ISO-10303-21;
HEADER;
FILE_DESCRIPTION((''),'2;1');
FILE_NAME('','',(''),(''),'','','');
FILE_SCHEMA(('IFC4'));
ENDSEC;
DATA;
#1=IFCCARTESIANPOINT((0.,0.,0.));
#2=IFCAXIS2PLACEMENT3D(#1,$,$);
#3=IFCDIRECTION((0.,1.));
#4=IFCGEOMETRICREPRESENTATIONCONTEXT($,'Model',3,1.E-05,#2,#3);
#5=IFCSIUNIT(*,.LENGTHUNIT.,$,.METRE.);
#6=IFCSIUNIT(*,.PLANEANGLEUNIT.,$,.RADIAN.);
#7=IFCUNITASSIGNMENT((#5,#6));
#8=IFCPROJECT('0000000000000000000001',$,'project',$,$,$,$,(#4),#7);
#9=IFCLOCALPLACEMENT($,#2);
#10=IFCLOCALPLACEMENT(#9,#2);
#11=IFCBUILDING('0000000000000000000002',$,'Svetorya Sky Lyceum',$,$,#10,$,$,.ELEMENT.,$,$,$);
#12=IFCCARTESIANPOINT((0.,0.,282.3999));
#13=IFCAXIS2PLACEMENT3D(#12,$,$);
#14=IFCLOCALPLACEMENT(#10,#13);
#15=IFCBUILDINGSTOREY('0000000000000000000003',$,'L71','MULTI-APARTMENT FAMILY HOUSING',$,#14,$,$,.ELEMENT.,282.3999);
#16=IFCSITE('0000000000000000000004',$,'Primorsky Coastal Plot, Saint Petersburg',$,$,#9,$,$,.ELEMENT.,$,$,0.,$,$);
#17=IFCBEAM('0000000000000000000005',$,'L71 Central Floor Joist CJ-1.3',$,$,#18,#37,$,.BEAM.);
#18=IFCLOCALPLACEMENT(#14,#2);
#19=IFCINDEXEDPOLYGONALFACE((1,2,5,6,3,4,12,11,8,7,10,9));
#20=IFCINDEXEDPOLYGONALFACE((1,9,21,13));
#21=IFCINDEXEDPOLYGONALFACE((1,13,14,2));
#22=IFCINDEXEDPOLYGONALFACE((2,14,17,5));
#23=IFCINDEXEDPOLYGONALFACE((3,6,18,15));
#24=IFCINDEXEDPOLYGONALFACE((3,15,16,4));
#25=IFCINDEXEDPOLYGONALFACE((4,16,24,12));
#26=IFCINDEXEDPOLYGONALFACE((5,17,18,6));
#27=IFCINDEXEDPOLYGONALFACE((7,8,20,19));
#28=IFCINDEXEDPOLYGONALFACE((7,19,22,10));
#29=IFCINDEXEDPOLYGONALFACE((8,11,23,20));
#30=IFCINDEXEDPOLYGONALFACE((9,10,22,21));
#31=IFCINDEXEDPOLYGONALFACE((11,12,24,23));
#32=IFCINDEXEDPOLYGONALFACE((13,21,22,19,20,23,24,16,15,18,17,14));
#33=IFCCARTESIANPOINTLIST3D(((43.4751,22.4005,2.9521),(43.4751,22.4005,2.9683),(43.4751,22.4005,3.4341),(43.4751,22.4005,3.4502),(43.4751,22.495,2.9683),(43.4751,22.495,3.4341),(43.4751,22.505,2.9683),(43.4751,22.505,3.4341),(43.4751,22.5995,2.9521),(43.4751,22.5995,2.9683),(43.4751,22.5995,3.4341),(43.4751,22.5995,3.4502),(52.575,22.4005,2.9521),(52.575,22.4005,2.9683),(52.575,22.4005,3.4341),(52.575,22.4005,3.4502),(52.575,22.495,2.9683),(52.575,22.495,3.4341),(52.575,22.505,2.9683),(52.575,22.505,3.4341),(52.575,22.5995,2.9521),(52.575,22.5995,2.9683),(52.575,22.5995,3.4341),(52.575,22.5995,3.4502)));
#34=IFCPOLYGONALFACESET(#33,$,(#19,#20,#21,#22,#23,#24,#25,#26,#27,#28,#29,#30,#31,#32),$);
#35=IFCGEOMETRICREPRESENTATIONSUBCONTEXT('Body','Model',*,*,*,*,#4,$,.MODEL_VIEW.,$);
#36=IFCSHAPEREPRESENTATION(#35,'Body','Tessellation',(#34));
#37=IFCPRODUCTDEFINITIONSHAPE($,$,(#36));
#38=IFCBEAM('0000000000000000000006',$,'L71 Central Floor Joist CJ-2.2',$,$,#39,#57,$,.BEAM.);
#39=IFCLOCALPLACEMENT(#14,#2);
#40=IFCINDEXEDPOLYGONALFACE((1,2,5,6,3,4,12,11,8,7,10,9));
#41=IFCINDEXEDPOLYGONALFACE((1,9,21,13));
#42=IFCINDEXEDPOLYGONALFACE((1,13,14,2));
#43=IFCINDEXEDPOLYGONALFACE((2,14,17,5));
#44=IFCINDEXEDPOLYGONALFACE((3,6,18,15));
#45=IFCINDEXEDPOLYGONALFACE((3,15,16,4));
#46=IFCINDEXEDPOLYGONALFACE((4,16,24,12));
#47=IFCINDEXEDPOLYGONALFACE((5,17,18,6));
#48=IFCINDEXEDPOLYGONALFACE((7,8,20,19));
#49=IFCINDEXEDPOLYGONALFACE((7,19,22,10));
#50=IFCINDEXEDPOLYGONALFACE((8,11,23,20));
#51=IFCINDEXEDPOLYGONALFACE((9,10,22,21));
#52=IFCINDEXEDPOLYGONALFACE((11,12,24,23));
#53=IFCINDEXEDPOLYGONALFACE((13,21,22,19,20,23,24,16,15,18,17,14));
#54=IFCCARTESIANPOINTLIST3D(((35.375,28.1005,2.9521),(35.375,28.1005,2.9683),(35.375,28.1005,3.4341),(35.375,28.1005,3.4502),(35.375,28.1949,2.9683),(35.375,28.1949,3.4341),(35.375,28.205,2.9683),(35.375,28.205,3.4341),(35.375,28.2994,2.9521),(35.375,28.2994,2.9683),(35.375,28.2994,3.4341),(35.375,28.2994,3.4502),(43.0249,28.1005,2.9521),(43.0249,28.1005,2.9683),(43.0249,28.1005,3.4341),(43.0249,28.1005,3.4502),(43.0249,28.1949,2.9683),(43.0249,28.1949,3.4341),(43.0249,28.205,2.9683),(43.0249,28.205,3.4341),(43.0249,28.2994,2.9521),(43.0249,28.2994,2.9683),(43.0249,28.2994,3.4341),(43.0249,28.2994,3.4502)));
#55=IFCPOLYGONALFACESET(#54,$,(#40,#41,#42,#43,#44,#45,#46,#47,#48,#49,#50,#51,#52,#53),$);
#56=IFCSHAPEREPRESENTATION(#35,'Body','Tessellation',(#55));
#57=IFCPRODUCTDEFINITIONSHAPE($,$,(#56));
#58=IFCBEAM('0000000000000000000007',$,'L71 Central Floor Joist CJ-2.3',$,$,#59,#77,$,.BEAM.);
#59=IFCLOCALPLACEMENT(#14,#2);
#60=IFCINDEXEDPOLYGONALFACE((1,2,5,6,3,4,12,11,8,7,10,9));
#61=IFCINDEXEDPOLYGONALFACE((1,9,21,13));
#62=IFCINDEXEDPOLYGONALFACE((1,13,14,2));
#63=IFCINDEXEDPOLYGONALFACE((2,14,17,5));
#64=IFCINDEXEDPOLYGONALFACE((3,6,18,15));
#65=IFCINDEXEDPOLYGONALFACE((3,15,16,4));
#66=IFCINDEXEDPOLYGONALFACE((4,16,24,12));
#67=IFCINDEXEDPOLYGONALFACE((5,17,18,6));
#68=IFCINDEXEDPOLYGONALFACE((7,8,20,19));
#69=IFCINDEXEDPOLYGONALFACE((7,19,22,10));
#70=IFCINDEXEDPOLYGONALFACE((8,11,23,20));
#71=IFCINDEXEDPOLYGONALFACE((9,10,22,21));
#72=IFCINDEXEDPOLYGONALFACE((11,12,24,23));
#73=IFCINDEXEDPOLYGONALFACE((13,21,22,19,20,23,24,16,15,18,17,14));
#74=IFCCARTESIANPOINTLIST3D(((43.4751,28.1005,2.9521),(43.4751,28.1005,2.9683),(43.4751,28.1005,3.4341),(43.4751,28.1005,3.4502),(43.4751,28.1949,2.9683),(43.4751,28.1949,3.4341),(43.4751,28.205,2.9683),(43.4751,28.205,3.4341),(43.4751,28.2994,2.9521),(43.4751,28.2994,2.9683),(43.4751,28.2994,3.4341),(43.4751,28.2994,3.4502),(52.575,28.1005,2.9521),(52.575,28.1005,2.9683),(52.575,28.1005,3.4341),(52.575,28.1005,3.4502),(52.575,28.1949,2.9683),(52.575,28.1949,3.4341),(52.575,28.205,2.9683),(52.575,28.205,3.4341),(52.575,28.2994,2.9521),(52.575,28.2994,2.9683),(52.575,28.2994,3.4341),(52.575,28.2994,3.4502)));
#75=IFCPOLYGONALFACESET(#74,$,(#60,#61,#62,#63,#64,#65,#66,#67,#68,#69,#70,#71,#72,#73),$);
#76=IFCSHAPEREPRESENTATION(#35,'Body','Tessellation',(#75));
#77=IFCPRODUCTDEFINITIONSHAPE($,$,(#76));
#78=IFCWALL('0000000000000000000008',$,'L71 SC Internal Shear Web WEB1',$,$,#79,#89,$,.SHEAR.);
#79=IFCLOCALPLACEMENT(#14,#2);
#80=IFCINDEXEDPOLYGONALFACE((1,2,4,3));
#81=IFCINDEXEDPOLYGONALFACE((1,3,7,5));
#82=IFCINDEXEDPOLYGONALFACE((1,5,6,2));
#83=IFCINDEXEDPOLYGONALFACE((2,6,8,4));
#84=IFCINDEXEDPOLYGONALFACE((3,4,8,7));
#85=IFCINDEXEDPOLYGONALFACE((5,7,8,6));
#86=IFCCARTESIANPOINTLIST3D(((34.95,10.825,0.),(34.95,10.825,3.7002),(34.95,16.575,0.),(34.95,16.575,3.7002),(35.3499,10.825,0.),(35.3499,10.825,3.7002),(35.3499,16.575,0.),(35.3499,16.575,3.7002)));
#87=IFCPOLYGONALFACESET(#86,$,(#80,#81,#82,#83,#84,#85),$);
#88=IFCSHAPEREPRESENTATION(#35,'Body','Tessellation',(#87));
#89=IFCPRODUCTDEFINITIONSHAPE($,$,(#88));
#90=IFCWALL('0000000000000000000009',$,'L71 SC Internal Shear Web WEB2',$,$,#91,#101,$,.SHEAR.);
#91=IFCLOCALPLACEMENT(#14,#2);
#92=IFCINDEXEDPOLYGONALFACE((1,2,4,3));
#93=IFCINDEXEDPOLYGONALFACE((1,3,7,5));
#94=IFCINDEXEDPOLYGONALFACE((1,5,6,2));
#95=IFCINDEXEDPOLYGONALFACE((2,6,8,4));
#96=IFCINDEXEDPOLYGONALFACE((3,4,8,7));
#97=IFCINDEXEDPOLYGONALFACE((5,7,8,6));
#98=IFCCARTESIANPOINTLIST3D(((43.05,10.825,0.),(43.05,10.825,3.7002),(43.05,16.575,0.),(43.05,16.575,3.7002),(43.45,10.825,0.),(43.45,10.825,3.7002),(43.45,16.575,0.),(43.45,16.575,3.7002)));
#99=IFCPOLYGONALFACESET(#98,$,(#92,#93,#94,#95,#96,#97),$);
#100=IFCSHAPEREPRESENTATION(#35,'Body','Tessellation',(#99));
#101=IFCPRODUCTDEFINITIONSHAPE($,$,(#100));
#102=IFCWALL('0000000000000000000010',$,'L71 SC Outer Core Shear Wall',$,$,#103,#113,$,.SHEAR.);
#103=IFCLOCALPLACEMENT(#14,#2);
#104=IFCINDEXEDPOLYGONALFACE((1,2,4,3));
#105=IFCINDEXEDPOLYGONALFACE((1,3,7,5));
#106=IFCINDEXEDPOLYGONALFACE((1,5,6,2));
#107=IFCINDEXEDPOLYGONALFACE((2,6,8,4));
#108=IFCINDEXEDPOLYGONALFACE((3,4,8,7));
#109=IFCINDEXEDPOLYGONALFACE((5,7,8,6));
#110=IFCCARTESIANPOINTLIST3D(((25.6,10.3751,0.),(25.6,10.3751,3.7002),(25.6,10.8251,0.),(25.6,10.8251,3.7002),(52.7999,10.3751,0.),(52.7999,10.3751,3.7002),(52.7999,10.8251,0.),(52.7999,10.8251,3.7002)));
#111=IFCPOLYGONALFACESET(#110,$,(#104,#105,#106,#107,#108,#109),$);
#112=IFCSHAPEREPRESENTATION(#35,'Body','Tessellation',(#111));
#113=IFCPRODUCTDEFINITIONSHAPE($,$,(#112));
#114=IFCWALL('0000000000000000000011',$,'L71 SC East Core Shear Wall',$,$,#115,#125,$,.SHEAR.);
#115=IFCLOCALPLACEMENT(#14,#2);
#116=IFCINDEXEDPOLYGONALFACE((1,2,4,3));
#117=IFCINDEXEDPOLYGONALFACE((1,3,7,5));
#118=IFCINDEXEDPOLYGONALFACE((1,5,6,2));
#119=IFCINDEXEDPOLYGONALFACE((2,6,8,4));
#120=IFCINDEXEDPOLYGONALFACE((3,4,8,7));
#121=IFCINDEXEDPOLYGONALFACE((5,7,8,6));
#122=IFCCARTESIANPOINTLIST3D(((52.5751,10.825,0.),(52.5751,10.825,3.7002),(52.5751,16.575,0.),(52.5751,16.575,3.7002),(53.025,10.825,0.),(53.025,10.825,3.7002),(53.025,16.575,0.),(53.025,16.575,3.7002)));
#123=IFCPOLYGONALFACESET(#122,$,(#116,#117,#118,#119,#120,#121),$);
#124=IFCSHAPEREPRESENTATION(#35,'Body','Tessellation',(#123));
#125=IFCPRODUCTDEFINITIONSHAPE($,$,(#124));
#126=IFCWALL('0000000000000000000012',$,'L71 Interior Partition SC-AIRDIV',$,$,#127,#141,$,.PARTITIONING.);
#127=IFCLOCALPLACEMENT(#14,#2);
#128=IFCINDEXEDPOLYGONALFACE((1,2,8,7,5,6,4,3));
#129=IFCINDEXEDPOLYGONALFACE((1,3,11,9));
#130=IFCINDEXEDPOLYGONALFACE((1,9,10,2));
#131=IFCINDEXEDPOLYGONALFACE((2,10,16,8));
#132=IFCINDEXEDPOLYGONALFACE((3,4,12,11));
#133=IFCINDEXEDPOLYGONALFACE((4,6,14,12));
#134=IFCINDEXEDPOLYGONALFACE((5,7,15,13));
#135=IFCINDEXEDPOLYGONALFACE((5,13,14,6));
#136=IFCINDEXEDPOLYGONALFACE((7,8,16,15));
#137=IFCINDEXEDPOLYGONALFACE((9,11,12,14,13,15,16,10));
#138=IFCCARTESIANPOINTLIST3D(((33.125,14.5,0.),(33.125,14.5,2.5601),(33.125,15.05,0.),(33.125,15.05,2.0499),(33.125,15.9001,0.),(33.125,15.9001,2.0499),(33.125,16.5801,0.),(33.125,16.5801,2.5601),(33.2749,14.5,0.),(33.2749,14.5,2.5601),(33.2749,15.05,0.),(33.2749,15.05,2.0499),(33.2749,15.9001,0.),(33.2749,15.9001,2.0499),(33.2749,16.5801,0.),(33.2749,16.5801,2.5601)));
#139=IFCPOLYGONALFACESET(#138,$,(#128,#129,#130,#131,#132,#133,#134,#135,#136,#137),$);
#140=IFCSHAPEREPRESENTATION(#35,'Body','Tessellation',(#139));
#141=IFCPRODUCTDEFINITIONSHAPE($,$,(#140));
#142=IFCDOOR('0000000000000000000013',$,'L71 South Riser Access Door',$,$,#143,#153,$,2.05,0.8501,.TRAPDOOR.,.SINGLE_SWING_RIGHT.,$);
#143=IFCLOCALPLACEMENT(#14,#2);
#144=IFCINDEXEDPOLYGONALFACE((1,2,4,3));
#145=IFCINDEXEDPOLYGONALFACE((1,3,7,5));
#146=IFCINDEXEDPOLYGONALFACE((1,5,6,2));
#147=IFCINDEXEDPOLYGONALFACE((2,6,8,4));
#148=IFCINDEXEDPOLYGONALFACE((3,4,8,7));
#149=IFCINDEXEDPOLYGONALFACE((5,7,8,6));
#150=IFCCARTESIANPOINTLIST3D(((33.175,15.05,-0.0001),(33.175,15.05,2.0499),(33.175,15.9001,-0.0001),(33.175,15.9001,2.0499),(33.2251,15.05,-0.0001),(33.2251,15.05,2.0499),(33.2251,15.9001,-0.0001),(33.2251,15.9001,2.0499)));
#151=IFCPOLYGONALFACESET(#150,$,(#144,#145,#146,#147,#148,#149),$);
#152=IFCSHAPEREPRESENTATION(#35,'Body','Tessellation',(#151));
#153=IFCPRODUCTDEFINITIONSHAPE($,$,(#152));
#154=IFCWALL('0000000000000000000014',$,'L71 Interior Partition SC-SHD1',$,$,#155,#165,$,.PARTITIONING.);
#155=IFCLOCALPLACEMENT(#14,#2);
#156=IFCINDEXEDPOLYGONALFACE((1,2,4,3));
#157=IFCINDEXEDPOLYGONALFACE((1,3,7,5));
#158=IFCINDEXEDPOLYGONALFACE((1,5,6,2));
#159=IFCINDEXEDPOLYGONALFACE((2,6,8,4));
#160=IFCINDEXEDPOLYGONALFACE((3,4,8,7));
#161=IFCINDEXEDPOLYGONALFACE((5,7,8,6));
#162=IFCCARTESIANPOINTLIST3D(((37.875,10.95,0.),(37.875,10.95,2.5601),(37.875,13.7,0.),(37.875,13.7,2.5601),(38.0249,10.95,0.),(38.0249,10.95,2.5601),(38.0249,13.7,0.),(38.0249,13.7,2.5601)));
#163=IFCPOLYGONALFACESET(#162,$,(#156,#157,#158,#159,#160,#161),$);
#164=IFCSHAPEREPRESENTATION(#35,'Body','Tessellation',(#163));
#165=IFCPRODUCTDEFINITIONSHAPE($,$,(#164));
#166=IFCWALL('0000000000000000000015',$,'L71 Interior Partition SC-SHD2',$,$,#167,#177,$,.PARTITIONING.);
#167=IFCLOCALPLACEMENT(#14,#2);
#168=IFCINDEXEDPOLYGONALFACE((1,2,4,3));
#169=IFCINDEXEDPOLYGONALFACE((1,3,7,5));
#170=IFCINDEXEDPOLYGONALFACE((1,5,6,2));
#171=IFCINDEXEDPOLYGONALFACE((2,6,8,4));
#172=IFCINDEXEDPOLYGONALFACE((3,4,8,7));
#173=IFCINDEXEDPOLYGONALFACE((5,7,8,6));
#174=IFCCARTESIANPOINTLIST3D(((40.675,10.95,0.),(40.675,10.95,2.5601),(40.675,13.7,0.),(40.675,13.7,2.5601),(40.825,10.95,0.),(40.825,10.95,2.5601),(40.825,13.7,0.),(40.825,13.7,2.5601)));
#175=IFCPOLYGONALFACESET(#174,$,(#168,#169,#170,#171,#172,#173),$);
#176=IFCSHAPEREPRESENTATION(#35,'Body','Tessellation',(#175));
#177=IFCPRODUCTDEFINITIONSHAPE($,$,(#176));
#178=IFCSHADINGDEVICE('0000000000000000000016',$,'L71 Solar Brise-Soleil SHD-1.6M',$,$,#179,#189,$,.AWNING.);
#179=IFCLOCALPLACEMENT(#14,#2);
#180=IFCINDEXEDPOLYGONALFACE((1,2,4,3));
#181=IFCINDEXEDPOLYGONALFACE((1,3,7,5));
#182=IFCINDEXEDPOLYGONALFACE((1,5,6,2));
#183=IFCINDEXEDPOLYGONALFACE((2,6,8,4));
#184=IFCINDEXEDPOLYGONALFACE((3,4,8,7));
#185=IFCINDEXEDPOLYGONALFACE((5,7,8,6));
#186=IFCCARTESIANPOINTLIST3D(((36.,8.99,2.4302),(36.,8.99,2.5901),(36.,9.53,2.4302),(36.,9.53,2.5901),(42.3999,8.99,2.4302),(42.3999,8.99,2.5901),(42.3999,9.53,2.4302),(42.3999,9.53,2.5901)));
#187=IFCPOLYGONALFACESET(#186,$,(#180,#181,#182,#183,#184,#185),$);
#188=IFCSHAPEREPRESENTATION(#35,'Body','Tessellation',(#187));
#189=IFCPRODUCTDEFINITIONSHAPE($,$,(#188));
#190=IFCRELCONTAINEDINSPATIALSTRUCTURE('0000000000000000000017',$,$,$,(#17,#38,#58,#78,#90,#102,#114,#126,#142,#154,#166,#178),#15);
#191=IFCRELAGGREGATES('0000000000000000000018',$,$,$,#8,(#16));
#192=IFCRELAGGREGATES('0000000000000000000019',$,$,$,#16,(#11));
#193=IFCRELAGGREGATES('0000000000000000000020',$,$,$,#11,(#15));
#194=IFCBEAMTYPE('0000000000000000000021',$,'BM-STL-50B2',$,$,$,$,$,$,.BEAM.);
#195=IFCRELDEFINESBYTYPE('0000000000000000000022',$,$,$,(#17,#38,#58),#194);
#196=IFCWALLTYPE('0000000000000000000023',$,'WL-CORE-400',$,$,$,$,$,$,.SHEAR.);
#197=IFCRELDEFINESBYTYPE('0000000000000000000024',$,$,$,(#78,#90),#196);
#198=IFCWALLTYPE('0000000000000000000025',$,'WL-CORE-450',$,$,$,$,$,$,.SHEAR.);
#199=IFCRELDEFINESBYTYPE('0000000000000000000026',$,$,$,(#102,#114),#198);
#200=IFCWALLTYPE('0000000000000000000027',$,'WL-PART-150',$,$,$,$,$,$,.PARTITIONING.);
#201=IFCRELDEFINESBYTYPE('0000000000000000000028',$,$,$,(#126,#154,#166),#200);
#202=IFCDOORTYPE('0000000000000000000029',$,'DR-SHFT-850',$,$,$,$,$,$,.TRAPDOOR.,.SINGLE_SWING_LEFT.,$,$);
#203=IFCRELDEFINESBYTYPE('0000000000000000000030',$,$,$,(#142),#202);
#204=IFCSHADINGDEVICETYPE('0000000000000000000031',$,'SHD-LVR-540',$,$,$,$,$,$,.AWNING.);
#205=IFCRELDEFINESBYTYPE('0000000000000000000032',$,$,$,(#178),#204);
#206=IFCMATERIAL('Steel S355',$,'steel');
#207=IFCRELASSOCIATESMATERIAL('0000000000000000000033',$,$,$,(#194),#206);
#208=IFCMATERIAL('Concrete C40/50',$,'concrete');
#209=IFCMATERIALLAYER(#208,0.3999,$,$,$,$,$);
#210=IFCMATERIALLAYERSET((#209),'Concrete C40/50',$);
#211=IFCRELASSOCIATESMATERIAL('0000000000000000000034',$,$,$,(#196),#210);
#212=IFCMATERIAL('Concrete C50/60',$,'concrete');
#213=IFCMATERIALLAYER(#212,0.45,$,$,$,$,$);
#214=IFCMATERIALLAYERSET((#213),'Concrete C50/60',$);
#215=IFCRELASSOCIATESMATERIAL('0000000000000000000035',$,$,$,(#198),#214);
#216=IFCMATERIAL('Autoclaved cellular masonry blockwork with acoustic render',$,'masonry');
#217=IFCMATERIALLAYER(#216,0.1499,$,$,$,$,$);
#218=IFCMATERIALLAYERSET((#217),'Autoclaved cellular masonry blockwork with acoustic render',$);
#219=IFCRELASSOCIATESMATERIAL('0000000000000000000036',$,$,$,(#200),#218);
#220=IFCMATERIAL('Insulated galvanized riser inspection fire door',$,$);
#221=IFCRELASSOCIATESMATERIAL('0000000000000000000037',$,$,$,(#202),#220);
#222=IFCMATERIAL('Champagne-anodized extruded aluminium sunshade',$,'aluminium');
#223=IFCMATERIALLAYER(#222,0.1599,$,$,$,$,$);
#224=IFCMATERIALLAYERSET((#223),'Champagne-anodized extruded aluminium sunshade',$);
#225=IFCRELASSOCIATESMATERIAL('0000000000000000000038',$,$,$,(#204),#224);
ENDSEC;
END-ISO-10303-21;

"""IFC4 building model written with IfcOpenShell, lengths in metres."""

from ifc_helpers import new_model, si_unit, direction, frame, frame_2d, origin, origin_2d, place, context, subcontext, project, spatial, rectangle, i_section, extrude, material, layer, layer_set, material_profile, profile_set, type_object, element, fill, save


model = new_model("IFC4")

# Units and contexts
model_context = context("Model", 3, precision=1e-05, world=origin(), true_north=direction((0.0, 1.0)))
body_context = subcontext(model_context, "Body", "Model", "MODEL_VIEW")
ifc_project = project(units=[si_unit("LENGTHUNIT", "METRE"), si_unit("PLANEANGLEUNIT", "RADIAN")], contexts=[model_context])

# Site, building, storey
site_placement = place(None, origin())
site = spatial("IfcSite", under=ifc_project, at=site_placement, Name="Primorsky Coastal Plot, Saint Petersburg", CompositionType="ELEMENT", RefElevation=0.0)
building_placement = place(site_placement, origin())
building = spatial("IfcBuilding", under=site, at=building_placement, Name="Svetorya Sky Lyceum", CompositionType="ELEMENT")
storey_placement = place(building_placement, frame((0.0, 0.0, 282.3999)))
storey = spatial("IfcBuildingStorey", under=building, at=storey_placement, Name="L71", Description="MULTI-APARTMENT FAMILY HOUSING", CompositionType="ELEMENT", Elevation=282.3999)

# Shared definitions
ifc_material_1 = material(Name="Concrete C40/50", Category="concrete")

# Beams
ifc_material_2 = material(Name="Concrete C50/60", Category="concrete")
ifc_material_3 = material(Name="Steel S355", Category="steel")
ifc_material_profile_1 = material_profile(ifc_material_3, i_section(OverallWidth=0.199, OverallDepth=0.498, WebThickness=0.01, FlangeThickness=0.0161, at=origin_2d()), Name="GOST 50B2")
ifc_profile_set_1 = profile_set([ifc_material_profile_1], Name="Steel S355")
beam_type_1 = type_object("IfcBeamType", Name="BM-STL-50B2", PredefinedType="BEAM", material=ifc_profile_set_1)
beam_1_placement = place(storey_placement, frame((43.4751, 22.5, 3.2012), z_axis=(1.0, 0.0, 0.0), x_axis=(0.0, 1.0, 0.0)))
element("IfcBeam", 1, at=beam_1_placement, inside=storey, type_object=beam_type_1, Name="L71 Central Floor Joist CJ-1.3", PredefinedType="BEAM", context=body_context, shape_type="SweptSolid", body=[
    extrude(i_section(OverallWidth=0.199, OverallDepth=0.498, WebThickness=0.01, FlangeThickness=0.0161, at=origin_2d()), origin(), (0.0, 0.0, 1.0), 9.0999),
])
beam_2_placement = place(storey_placement, frame((35.375, 28.2, 3.2012), z_axis=(1.0, 0.0, 0.0), x_axis=(0.0, 1.0, 0.0)))
element("IfcBeam", 2, at=beam_2_placement, inside=storey, type_object=beam_type_1, Name="L71 Central Floor Joist CJ-2.2", PredefinedType="BEAM", context=body_context, shape_type="SweptSolid", body=[
    extrude(i_section(OverallWidth=0.199, OverallDepth=0.498, WebThickness=0.01, FlangeThickness=0.0161, at=origin_2d()), origin(), (0.0, 0.0, 1.0), 7.6499),
])
beam_3_placement = place(storey_placement, frame((43.4751, 28.2, 3.2012), z_axis=(1.0, 0.0, 0.0), x_axis=(0.0, 1.0, 0.0)))
element("IfcBeam", 3, at=beam_3_placement, inside=storey, type_object=beam_type_1, Name="L71 Central Floor Joist CJ-2.3", PredefinedType="BEAM", context=body_context, shape_type="SweptSolid", body=[
    extrude(i_section(OverallWidth=0.199, OverallDepth=0.498, WebThickness=0.01, FlangeThickness=0.0161, at=origin_2d()), origin(), (0.0, 0.0, 1.0), 9.0999),
])

# Walls
ifc_layer_1 = layer(ifc_material_1, 0.3999)
ifc_layer_set_1 = layer_set([ifc_layer_1], Name="Concrete C40/50")
wall_type_1 = type_object("IfcWallType", Name="WL-CORE-400", PredefinedType="SHEAR", material=ifc_layer_set_1)
for number, where, z_axis, x_axis, name in (
    (4, (35.1499, 10.825, 0.0), (0.0, 0.0, 1.0), (0.0, 1.0, 0.0), "L71 SC Internal Shear Web WEB1"),
    (5, (43.25, 10.825, 0.0), (0.0, 0.0, 1.0), (0.0, 1.0, 0.0), "L71 SC Internal Shear Web WEB2"),
):
    element("IfcWall", number, at=place(storey_placement, frame(where, z_axis=z_axis, x_axis=x_axis)), inside=storey, type_object=wall_type_1, Name=name, PredefinedType="SHEAR", context=body_context, shape_type="SweptSolid", body=[
        extrude(rectangle(XDim=5.75, YDim=0.3999, at=frame_2d((2.875, 0.0))), origin(), (0.0, 0.0, 1.0), 3.7002),
    ])
ifc_layer_2 = layer(ifc_material_2, 0.45)
ifc_layer_set_2 = layer_set([ifc_layer_2], Name="Concrete C50/60")
wall_type_2 = type_object("IfcWallType", Name="WL-CORE-450", PredefinedType="SHEAR", material=ifc_layer_set_2)
wall_1_placement = place(storey_placement, frame((52.8, 10.6001, 0.0), z_axis=(0.0, 0.0, 1.0), x_axis=(-1.0, 0.0, 0.0)))
element("IfcWall", 6, at=wall_1_placement, inside=storey, type_object=wall_type_2, Name="L71 SC Outer Core Shear Wall", PredefinedType="SHEAR", context=body_context, shape_type="SweptSolid", body=[
    extrude(rectangle(XDim=27.2, YDim=0.45, at=frame_2d((13.6001, 0.0))), origin(), (0.0, 0.0, 1.0), 3.7002),
])
wall_2_placement = place(storey_placement, frame((52.8, 10.825, 0.0), z_axis=(0.0, 0.0, 1.0), x_axis=(0.0, 1.0, 0.0)))
element("IfcWall", 7, at=wall_2_placement, inside=storey, type_object=wall_type_2, Name="L71 SC East Core Shear Wall", PredefinedType="SHEAR", context=body_context, shape_type="SweptSolid", body=[
    extrude(rectangle(XDim=5.75, YDim=0.45, at=frame_2d((2.875, 0.0))), origin(), (0.0, 0.0, 1.0), 3.7002),
])

# Wall, opening, door
ifc_material_4 = material(Name="Autoclaved cellular masonry blockwork with acoustic render", Category="masonry")
ifc_layer_3 = layer(ifc_material_4, 0.1499)
ifc_layer_set_3 = layer_set([ifc_layer_3], Name="Autoclaved cellular masonry blockwork with acoustic render")
wall_type_3 = type_object("IfcWallType", Name="WL-PART-150", PredefinedType="PARTITIONING", material=ifc_layer_set_3)
wall_3_placement = place(storey_placement, frame((33.2, 14.5, 0.0), z_axis=(0.0, 0.0, 1.0), x_axis=(0.0, 1.0, 0.0)))
wall_3 = element("IfcWall", 8, at=wall_3_placement, inside=storey, type_object=wall_type_3, Name="L71 Interior Partition SC-AIRDIV", PredefinedType="PARTITIONING", context=body_context, shape_type="SweptSolid", body=[
    extrude(rectangle(XDim=2.0801, YDim=0.1499, at=frame_2d((1.04, 0.0))), origin(), (0.0, 0.0, 1.0), 2.5601),
])
opening_1_placement = place(wall_3_placement, frame((0.55, 0.0, 0.0)))
opening_1 = element("IfcOpeningElement", 9, at=opening_1_placement, cuts=wall_3, PredefinedType="OPENING", context=body_context, shape_type="SweptSolid", body=[
    extrude(rectangle(XDim=0.8501, YDim=2.05, at=frame_2d((0.425, 1.0249))), frame((0.0, 0.085, 0.0), z_axis=(0.0, -1.0, 0.0), x_axis=(1.0, 0.0, 0.0)), (0.0, 0.0, 1.0), 0.1699),
])
ifc_material_5 = material(Name="Insulated galvanized riser inspection fire door")
door_type_1 = type_object("IfcDoorType", Name="DR-SHFT-850", OperationType="SINGLE_SWING_LEFT", PredefinedType="TRAPDOOR", material=ifc_material_5)
door_1_placement = place(opening_1_placement, origin())
door_1 = element("IfcDoor", 10, at=door_1_placement, inside=storey, type_object=door_type_1, Name="L71 South Riser Access Door", OperationType="SINGLE_SWING_RIGHT", OverallHeight=2.05, OverallWidth=0.8501, PredefinedType="TRAPDOOR", context=body_context, shape_type="SweptSolid", body=[
    extrude(rectangle(XDim=0.8501, YDim=2.05, at=frame_2d((0.425, 1.0249))), frame((0.0, 0.0249, 0.0), z_axis=(0.0, -1.0, 0.0), x_axis=(1.0, 0.0, 0.0)), (0.0, 0.0, 1.0), 0.05),
])
fill(opening_1, door_1)

# Walls
for number, where, z_axis, x_axis, name in (
    (11, (37.95, 10.95, 0.0), (0.0, 0.0, 1.0), (0.0, 1.0, 0.0), "L71 Interior Partition SC-SHD1"),
    (12, (40.75, 10.95, 0.0), (0.0, 0.0, 1.0), (0.0, 1.0, 0.0), "L71 Interior Partition SC-SHD2"),
):
    element("IfcWall", number, at=place(storey_placement, frame(where, z_axis=z_axis, x_axis=x_axis)), inside=storey, type_object=wall_type_3, Name=name, PredefinedType="PARTITIONING", context=body_context, shape_type="SweptSolid", body=[
        extrude(rectangle(XDim=2.75, YDim=0.1499, at=frame_2d((1.375, 0.0))), origin(), (0.0, 0.0, 1.0), 2.5601),
    ])

# Shading device
ifc_material_6 = material(Name="Champagne-anodized extruded aluminium sunshade", Category="aluminium")
ifc_layer_4 = layer(ifc_material_6, 0.1599)
ifc_layer_set_4 = layer_set([ifc_layer_4], Name="Champagne-anodized extruded aluminium sunshade")
shading_device_type = type_object("IfcShadingDeviceType", Name="SHD-LVR-540", PredefinedType="AWNING", material=ifc_layer_set_4)
shading_device_placement = place(storey_placement, frame((39.2, 9.26, 2.4302), z_axis=(0.0, 0.0, 1.0), x_axis=(1.0, 0.0, 0.0)))
element("IfcShadingDevice", 13, at=shading_device_placement, inside=storey, type_object=shading_device_type, Name="L71 Solar Brise-Soleil SHD-1.6M", PredefinedType="AWNING", context=body_context, shape_type="SweptSolid", body=[
    extrude(rectangle(XDim=6.3999, YDim=0.54, at=origin_2d()), origin(), (0.0, 0.0, 1.0), 0.1599),
])

save(model, "model.ifc")
